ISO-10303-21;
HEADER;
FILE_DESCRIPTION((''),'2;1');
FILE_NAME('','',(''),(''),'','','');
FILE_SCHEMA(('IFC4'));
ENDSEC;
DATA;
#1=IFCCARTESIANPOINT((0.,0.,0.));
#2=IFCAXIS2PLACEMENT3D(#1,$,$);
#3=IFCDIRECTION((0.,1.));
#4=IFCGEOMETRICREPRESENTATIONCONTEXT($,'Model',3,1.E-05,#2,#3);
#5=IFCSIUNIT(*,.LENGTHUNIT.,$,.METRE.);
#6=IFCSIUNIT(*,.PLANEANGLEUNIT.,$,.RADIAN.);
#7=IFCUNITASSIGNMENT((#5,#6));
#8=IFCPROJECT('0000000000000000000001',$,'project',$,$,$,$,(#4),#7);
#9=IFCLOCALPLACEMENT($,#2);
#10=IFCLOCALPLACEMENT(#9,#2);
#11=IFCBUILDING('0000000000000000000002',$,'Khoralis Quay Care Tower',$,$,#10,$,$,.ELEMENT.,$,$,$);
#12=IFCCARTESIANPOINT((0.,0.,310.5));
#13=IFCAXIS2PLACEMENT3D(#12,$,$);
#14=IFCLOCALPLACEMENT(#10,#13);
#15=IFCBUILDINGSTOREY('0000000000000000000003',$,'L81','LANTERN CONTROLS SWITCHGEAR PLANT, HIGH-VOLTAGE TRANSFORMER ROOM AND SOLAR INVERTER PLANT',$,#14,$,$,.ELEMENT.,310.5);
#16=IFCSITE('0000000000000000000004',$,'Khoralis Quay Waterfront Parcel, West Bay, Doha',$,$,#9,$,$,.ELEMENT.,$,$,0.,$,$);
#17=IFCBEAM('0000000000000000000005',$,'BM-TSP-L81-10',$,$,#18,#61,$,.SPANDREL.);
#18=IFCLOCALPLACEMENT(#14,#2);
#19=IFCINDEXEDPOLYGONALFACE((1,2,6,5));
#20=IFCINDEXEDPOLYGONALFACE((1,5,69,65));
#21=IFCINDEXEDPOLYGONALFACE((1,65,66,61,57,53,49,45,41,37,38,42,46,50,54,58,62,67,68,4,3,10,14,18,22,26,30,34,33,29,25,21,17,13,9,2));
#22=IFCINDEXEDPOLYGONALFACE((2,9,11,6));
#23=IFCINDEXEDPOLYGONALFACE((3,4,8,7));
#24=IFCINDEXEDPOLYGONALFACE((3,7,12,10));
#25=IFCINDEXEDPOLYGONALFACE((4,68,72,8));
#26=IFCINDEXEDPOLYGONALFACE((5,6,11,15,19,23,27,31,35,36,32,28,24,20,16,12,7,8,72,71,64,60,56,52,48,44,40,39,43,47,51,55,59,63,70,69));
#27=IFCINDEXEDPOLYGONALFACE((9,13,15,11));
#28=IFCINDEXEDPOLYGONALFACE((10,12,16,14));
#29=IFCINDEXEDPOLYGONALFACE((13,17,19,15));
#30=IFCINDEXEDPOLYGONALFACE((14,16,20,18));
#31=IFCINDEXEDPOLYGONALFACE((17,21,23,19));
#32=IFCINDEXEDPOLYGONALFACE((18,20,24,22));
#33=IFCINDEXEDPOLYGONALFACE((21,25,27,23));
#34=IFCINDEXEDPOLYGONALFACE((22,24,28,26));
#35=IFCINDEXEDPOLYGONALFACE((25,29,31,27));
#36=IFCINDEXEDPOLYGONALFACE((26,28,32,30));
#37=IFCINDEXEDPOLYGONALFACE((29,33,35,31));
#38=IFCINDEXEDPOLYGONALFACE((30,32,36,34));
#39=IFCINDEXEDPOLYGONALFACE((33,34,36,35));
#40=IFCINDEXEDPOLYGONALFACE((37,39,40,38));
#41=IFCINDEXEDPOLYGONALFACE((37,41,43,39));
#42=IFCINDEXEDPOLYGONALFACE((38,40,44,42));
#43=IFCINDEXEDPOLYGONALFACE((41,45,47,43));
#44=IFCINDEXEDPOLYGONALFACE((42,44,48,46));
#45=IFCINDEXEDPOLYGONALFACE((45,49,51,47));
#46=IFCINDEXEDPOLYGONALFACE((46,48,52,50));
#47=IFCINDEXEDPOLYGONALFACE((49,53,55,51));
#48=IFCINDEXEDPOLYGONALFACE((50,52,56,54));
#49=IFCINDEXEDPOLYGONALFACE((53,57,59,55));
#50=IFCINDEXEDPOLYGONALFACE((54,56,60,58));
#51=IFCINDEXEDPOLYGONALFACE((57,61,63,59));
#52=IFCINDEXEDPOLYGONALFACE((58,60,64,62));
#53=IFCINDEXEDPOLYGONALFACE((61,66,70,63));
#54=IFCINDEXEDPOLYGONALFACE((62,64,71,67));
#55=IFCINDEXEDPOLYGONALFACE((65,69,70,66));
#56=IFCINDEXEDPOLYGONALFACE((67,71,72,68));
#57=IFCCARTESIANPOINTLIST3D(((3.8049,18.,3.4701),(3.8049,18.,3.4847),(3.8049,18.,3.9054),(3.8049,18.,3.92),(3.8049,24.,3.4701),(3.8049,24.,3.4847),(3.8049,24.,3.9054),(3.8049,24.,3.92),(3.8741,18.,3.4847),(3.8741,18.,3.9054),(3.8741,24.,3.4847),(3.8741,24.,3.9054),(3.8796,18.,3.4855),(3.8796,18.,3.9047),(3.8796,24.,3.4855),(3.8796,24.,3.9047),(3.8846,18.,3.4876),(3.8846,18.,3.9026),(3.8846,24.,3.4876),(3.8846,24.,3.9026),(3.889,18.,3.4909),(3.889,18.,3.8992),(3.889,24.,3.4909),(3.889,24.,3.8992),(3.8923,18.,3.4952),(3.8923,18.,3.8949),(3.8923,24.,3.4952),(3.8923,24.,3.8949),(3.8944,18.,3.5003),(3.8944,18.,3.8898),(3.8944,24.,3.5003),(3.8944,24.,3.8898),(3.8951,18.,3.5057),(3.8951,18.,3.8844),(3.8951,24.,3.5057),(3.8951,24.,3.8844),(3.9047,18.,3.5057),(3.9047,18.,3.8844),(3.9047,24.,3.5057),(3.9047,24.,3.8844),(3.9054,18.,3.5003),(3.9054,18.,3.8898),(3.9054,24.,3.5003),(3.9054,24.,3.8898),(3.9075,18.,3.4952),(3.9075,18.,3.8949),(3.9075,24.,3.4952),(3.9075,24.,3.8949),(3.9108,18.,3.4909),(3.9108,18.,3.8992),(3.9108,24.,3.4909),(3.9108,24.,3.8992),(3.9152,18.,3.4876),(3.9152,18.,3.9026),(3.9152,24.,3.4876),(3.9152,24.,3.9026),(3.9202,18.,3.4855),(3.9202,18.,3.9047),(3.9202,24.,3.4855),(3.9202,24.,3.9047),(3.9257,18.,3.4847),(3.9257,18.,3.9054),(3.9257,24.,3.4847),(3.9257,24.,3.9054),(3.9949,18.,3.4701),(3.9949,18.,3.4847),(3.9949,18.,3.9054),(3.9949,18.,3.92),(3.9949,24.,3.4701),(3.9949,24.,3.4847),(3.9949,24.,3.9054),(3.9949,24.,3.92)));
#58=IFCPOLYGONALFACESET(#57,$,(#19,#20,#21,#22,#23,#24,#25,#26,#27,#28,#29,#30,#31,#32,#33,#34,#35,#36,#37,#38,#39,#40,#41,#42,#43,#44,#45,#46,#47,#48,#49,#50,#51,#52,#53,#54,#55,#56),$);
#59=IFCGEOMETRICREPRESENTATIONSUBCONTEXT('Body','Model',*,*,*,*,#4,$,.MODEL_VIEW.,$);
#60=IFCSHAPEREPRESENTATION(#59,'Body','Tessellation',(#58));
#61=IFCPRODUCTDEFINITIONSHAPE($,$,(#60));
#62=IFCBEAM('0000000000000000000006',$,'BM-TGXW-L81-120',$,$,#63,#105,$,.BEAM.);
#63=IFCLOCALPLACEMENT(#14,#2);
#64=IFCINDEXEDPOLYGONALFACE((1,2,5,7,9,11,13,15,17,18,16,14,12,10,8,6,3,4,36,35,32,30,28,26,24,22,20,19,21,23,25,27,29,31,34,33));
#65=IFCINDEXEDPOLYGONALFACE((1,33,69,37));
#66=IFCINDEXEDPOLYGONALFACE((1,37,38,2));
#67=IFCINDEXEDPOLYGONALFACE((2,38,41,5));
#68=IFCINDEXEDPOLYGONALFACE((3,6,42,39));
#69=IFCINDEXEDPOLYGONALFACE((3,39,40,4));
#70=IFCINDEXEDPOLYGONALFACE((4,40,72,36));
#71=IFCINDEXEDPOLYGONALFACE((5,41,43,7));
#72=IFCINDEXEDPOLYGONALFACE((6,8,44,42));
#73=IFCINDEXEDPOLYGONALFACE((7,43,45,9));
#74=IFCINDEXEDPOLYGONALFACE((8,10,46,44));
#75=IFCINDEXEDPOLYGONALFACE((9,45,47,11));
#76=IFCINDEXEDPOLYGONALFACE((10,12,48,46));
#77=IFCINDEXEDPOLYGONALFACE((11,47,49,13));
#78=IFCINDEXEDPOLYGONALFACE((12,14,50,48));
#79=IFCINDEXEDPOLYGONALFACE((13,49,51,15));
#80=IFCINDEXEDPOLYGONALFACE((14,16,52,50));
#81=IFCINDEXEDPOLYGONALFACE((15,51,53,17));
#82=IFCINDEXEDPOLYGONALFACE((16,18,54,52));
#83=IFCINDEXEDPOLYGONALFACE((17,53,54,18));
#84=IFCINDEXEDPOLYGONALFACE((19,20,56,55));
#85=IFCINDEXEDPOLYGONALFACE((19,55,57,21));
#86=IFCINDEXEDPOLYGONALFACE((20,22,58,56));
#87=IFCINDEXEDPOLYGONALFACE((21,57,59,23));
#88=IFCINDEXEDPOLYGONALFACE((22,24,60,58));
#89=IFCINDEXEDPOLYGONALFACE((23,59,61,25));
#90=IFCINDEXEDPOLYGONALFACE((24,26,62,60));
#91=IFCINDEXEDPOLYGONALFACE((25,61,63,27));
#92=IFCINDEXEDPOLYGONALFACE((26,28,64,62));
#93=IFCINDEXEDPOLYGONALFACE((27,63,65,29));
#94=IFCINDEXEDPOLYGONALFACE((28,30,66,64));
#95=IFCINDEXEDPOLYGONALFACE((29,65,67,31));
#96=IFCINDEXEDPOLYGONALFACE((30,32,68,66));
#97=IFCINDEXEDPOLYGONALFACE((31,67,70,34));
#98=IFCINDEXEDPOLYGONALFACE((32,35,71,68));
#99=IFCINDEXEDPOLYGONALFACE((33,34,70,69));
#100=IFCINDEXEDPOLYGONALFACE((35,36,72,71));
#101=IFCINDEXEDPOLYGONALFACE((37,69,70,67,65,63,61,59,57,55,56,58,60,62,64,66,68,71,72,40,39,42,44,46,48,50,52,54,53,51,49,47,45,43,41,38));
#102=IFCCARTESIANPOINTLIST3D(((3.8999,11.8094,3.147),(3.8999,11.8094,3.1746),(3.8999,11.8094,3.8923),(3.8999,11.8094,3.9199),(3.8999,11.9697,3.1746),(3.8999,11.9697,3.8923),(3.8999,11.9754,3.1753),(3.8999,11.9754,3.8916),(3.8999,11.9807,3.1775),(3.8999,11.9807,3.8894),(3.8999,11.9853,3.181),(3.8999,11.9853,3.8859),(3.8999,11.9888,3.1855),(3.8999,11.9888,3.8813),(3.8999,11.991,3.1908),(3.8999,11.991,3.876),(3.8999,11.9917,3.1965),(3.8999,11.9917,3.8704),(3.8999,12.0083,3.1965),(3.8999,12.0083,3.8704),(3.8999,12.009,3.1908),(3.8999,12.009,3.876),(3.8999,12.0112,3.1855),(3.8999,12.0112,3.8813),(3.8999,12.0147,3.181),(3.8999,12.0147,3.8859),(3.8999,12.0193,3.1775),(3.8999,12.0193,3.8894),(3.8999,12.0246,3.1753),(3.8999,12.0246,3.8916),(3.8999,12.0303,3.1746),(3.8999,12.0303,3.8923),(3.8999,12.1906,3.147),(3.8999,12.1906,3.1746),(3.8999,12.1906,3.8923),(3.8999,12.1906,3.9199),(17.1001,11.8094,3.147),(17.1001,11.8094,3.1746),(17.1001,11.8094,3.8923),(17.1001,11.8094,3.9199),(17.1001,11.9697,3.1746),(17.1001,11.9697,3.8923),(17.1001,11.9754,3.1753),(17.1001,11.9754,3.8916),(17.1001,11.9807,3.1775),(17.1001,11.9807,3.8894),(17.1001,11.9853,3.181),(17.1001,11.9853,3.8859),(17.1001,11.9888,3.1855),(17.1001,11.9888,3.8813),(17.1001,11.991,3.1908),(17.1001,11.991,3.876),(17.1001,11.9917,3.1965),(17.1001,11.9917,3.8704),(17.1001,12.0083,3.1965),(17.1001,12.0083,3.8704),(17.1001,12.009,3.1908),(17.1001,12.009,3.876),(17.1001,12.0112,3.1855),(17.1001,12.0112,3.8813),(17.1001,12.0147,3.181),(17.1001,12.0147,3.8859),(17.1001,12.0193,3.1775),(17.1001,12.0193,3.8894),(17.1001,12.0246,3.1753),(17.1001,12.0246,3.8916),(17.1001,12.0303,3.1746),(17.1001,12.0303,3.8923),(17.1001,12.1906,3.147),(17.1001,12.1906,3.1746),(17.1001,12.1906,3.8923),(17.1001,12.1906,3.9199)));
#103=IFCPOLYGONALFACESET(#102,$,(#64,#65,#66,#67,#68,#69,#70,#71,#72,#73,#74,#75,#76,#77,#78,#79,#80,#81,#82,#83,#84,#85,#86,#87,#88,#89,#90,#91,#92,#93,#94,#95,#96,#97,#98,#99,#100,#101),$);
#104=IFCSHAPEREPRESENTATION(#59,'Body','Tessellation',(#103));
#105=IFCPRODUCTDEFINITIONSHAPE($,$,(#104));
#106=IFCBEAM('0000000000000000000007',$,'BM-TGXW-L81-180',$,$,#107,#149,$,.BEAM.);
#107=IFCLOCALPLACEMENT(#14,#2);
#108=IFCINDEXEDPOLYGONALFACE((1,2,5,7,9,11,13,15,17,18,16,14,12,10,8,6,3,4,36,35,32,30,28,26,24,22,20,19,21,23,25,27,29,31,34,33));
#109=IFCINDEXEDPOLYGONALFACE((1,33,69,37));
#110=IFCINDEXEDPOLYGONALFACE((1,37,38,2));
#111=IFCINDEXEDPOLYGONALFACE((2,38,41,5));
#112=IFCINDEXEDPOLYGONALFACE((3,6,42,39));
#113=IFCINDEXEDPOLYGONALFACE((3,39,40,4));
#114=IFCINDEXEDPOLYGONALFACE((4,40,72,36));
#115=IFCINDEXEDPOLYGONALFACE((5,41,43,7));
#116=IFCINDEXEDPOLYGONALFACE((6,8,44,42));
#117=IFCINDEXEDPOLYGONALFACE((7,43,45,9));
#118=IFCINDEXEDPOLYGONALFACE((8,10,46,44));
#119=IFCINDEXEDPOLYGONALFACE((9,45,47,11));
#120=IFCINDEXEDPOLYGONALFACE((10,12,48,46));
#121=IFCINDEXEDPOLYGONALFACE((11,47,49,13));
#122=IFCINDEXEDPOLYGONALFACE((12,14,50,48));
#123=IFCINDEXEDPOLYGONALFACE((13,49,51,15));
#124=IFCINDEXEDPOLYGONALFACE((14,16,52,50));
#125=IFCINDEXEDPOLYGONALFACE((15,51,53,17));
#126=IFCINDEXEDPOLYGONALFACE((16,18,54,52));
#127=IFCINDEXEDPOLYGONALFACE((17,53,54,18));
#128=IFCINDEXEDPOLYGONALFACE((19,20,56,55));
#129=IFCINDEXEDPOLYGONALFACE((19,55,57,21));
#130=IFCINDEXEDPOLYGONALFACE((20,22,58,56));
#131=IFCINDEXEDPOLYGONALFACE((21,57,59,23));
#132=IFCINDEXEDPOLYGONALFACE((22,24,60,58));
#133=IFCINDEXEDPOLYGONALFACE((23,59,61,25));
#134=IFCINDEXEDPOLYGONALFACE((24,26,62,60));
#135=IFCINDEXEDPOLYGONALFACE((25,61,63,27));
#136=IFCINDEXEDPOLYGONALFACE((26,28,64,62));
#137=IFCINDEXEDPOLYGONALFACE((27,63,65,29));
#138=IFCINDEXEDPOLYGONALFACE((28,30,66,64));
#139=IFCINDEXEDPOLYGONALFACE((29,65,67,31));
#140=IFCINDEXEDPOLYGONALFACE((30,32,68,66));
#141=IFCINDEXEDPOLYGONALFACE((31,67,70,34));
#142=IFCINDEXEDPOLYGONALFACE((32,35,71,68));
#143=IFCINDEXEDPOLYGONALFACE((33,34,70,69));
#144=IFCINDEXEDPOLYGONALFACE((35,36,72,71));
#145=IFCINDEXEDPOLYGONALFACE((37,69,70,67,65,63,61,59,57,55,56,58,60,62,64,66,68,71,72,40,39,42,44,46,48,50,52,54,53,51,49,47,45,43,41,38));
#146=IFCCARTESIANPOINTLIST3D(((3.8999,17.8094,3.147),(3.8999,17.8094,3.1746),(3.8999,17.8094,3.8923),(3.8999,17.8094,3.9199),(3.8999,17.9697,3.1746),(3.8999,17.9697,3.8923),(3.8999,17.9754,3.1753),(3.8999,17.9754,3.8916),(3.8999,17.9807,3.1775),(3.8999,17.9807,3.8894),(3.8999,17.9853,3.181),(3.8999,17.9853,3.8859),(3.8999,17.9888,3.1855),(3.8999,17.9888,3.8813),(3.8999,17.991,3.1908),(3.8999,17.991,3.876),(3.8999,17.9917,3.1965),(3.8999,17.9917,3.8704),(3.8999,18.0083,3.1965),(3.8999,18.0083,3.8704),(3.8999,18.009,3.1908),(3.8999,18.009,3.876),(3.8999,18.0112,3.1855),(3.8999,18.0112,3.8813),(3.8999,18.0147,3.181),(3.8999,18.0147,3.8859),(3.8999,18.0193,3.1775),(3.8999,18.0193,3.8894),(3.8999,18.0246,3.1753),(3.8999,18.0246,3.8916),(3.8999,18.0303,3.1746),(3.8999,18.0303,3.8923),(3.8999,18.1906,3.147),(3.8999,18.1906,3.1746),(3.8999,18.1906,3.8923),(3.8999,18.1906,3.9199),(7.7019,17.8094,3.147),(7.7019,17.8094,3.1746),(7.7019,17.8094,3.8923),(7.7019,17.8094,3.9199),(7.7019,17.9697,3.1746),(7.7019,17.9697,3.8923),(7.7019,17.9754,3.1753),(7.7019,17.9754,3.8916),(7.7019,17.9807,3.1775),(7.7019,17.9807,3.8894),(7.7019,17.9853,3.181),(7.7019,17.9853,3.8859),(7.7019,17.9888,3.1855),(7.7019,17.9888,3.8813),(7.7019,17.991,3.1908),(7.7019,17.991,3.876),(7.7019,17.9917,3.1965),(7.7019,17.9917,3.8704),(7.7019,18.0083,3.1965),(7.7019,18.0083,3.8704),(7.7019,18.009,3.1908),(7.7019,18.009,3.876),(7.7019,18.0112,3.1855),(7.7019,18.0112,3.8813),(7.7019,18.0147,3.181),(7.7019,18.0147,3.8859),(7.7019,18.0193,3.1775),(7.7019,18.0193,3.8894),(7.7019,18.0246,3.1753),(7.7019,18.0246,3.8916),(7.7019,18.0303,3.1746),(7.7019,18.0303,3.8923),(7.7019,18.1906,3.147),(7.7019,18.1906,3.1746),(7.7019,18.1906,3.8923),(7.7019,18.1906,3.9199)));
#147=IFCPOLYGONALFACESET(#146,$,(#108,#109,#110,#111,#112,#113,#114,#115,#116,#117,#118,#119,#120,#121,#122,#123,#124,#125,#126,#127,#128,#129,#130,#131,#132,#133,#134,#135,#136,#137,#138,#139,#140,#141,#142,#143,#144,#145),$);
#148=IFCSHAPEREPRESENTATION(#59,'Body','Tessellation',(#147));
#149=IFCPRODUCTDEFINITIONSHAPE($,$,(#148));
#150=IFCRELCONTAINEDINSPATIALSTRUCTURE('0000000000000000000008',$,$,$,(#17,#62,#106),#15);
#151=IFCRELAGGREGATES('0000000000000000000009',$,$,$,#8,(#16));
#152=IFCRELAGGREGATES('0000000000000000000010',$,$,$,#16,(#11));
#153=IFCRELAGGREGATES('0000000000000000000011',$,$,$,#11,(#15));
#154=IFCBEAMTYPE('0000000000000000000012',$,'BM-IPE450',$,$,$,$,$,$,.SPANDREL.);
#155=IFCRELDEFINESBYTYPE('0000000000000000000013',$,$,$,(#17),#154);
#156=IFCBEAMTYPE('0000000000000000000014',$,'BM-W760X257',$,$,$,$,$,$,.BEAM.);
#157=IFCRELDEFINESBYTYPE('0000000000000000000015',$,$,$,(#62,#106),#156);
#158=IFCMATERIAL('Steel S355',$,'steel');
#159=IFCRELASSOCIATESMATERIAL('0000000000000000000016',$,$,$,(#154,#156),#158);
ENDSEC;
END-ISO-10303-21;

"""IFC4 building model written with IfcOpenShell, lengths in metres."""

from ifc_helpers import new_model, si_unit, direction, frame, origin, origin_2d, place, context, subcontext, project, spatial, i_section, extrude, source, transform, mapped, material, material_profile, profile_set, type_object, element, save


model = new_model("IFC4")

# Units and contexts
model_context = context("Model", 3, precision=1e-05, world=origin(), true_north=direction((0.0, 1.0)))
body_context = subcontext(model_context, "Body", "Model", "MODEL_VIEW")
ifc_project = project(units=[si_unit("LENGTHUNIT", "METRE"), si_unit("PLANEANGLEUNIT", "RADIAN")], contexts=[model_context])

# Site, building, storey
site_placement = place(None, origin())
site = spatial("IfcSite", under=ifc_project, at=site_placement, Name="Khoralis Quay Waterfront Parcel, West Bay, Doha", CompositionType="ELEMENT", RefElevation=0.0)
building_placement = place(site_placement, origin())
building = spatial("IfcBuilding", under=site, at=building_placement, Name="Khoralis Quay Care Tower", CompositionType="ELEMENT")
storey_placement = place(building_placement, frame((0.0, 0.0, 310.5)))
storey = spatial("IfcBuildingStorey", under=building, at=storey_placement, Name="L81", Description="LANTERN CONTROLS SWITCHGEAR PLANT, HIGH-VOLTAGE TRANSFORMER ROOM AND SOLAR INVERTER PLANT", CompositionType="ELEMENT", Elevation=310.5)

# Beams
ifc_material_1 = material(Name="Steel S355", Category="steel")
ifc_material_profile_1 = material_profile(ifc_material_1, i_section(OverallWidth=0.1899, OverallDepth=0.45, WebThickness=0.0095, FlangeThickness=0.0146, FilletRadius=0.021, at=origin_2d()), Name="Steel S355")
ifc_profile_set_1 = profile_set([ifc_material_profile_1], Name="Steel S355")
beam_type_1 = type_object("IfcBeamType", Name="BM-IPE450", PredefinedType="SPANDREL", material=ifc_profile_set_1)
shared_shape_1 = source(origin(), body_context, "Body", "SweptSolid", [
    extrude(i_section(OverallWidth=0.1899, OverallDepth=0.45, WebThickness=0.0095, FlangeThickness=0.0146, FilletRadius=0.021, at=origin_2d()), origin(), (0.0, 0.0, 1.0), 6.0),
])
for number, where, z_axis, x_axis, name in (
    (1, (3.8999, 18.0, 3.6951), (0.0, 1.0, 0.0), (-1.0, 0.0, 0.0), "BM-TSP-L81-10"),
):
    element("IfcBeam", number, at=place(storey_placement, frame(where, z_axis=z_axis, x_axis=x_axis)), inside=storey, type_object=beam_type_1, Name=name, PredefinedType="SPANDREL", context=body_context, shape_type="MappedRepresentation", body=[
        mapped(shared_shape_1, transform((0.0, 0.0, 0.0), scale=1.0)),
    ])
ifc_material_profile_2 = material_profile(ifc_material_1, i_section(OverallWidth=0.3811, OverallDepth=0.7729, WebThickness=0.0166, FlangeThickness=0.0276, FilletRadius=0.022, at=origin_2d()), Name="Steel S355")
ifc_profile_set_2 = profile_set([ifc_material_profile_2], Name="Steel S355")
beam_type_2 = type_object("IfcBeamType", Name="BM-W760X257", PredefinedType="BEAM", material=ifc_profile_set_2)
shared_shape_2 = source(origin(), body_context, "Body", "SweptSolid", [
    extrude(i_section(OverallWidth=0.3811, OverallDepth=0.7729, WebThickness=0.0166, FlangeThickness=0.0276, FilletRadius=0.022, at=origin_2d()), origin(), (0.0, 0.0, 1.0), 13.2002),
])
beam_1_placement = place(storey_placement, frame((3.8999, 12.0, 3.5334), z_axis=(1.0, 0.0, 0.0), x_axis=(0.0, 1.0, 0.0)))
element("IfcBeam", 2, at=beam_1_placement, inside=storey, type_object=beam_type_2, Name="BM-TGXW-L81-120", PredefinedType="BEAM", context=body_context, shape_type="MappedRepresentation", body=[
    mapped(shared_shape_2, transform((0.0, 0.0, 0.0), scale=1.0)),
])
shared_shape_3 = source(origin(), body_context, "Body", "SweptSolid", [
    extrude(i_section(OverallWidth=0.3811, OverallDepth=0.7729, WebThickness=0.0166, FlangeThickness=0.0276, FilletRadius=0.022, at=origin_2d()), origin(), (0.0, 0.0, 1.0), 3.802),
])
beam_2_placement = place(storey_placement, frame((3.8999, 18.0, 3.5334), z_axis=(1.0, 0.0, 0.0), x_axis=(0.0, 1.0, 0.0)))
element("IfcBeam", 3, at=beam_2_placement, inside=storey, type_object=beam_type_2, Name="BM-TGXW-L81-180", PredefinedType="BEAM", context=body_context, shape_type="MappedRepresentation", body=[
    mapped(shared_shape_3, transform((0.0, 0.0, 0.0), scale=1.0)),
])

save(model, "model.ifc")
